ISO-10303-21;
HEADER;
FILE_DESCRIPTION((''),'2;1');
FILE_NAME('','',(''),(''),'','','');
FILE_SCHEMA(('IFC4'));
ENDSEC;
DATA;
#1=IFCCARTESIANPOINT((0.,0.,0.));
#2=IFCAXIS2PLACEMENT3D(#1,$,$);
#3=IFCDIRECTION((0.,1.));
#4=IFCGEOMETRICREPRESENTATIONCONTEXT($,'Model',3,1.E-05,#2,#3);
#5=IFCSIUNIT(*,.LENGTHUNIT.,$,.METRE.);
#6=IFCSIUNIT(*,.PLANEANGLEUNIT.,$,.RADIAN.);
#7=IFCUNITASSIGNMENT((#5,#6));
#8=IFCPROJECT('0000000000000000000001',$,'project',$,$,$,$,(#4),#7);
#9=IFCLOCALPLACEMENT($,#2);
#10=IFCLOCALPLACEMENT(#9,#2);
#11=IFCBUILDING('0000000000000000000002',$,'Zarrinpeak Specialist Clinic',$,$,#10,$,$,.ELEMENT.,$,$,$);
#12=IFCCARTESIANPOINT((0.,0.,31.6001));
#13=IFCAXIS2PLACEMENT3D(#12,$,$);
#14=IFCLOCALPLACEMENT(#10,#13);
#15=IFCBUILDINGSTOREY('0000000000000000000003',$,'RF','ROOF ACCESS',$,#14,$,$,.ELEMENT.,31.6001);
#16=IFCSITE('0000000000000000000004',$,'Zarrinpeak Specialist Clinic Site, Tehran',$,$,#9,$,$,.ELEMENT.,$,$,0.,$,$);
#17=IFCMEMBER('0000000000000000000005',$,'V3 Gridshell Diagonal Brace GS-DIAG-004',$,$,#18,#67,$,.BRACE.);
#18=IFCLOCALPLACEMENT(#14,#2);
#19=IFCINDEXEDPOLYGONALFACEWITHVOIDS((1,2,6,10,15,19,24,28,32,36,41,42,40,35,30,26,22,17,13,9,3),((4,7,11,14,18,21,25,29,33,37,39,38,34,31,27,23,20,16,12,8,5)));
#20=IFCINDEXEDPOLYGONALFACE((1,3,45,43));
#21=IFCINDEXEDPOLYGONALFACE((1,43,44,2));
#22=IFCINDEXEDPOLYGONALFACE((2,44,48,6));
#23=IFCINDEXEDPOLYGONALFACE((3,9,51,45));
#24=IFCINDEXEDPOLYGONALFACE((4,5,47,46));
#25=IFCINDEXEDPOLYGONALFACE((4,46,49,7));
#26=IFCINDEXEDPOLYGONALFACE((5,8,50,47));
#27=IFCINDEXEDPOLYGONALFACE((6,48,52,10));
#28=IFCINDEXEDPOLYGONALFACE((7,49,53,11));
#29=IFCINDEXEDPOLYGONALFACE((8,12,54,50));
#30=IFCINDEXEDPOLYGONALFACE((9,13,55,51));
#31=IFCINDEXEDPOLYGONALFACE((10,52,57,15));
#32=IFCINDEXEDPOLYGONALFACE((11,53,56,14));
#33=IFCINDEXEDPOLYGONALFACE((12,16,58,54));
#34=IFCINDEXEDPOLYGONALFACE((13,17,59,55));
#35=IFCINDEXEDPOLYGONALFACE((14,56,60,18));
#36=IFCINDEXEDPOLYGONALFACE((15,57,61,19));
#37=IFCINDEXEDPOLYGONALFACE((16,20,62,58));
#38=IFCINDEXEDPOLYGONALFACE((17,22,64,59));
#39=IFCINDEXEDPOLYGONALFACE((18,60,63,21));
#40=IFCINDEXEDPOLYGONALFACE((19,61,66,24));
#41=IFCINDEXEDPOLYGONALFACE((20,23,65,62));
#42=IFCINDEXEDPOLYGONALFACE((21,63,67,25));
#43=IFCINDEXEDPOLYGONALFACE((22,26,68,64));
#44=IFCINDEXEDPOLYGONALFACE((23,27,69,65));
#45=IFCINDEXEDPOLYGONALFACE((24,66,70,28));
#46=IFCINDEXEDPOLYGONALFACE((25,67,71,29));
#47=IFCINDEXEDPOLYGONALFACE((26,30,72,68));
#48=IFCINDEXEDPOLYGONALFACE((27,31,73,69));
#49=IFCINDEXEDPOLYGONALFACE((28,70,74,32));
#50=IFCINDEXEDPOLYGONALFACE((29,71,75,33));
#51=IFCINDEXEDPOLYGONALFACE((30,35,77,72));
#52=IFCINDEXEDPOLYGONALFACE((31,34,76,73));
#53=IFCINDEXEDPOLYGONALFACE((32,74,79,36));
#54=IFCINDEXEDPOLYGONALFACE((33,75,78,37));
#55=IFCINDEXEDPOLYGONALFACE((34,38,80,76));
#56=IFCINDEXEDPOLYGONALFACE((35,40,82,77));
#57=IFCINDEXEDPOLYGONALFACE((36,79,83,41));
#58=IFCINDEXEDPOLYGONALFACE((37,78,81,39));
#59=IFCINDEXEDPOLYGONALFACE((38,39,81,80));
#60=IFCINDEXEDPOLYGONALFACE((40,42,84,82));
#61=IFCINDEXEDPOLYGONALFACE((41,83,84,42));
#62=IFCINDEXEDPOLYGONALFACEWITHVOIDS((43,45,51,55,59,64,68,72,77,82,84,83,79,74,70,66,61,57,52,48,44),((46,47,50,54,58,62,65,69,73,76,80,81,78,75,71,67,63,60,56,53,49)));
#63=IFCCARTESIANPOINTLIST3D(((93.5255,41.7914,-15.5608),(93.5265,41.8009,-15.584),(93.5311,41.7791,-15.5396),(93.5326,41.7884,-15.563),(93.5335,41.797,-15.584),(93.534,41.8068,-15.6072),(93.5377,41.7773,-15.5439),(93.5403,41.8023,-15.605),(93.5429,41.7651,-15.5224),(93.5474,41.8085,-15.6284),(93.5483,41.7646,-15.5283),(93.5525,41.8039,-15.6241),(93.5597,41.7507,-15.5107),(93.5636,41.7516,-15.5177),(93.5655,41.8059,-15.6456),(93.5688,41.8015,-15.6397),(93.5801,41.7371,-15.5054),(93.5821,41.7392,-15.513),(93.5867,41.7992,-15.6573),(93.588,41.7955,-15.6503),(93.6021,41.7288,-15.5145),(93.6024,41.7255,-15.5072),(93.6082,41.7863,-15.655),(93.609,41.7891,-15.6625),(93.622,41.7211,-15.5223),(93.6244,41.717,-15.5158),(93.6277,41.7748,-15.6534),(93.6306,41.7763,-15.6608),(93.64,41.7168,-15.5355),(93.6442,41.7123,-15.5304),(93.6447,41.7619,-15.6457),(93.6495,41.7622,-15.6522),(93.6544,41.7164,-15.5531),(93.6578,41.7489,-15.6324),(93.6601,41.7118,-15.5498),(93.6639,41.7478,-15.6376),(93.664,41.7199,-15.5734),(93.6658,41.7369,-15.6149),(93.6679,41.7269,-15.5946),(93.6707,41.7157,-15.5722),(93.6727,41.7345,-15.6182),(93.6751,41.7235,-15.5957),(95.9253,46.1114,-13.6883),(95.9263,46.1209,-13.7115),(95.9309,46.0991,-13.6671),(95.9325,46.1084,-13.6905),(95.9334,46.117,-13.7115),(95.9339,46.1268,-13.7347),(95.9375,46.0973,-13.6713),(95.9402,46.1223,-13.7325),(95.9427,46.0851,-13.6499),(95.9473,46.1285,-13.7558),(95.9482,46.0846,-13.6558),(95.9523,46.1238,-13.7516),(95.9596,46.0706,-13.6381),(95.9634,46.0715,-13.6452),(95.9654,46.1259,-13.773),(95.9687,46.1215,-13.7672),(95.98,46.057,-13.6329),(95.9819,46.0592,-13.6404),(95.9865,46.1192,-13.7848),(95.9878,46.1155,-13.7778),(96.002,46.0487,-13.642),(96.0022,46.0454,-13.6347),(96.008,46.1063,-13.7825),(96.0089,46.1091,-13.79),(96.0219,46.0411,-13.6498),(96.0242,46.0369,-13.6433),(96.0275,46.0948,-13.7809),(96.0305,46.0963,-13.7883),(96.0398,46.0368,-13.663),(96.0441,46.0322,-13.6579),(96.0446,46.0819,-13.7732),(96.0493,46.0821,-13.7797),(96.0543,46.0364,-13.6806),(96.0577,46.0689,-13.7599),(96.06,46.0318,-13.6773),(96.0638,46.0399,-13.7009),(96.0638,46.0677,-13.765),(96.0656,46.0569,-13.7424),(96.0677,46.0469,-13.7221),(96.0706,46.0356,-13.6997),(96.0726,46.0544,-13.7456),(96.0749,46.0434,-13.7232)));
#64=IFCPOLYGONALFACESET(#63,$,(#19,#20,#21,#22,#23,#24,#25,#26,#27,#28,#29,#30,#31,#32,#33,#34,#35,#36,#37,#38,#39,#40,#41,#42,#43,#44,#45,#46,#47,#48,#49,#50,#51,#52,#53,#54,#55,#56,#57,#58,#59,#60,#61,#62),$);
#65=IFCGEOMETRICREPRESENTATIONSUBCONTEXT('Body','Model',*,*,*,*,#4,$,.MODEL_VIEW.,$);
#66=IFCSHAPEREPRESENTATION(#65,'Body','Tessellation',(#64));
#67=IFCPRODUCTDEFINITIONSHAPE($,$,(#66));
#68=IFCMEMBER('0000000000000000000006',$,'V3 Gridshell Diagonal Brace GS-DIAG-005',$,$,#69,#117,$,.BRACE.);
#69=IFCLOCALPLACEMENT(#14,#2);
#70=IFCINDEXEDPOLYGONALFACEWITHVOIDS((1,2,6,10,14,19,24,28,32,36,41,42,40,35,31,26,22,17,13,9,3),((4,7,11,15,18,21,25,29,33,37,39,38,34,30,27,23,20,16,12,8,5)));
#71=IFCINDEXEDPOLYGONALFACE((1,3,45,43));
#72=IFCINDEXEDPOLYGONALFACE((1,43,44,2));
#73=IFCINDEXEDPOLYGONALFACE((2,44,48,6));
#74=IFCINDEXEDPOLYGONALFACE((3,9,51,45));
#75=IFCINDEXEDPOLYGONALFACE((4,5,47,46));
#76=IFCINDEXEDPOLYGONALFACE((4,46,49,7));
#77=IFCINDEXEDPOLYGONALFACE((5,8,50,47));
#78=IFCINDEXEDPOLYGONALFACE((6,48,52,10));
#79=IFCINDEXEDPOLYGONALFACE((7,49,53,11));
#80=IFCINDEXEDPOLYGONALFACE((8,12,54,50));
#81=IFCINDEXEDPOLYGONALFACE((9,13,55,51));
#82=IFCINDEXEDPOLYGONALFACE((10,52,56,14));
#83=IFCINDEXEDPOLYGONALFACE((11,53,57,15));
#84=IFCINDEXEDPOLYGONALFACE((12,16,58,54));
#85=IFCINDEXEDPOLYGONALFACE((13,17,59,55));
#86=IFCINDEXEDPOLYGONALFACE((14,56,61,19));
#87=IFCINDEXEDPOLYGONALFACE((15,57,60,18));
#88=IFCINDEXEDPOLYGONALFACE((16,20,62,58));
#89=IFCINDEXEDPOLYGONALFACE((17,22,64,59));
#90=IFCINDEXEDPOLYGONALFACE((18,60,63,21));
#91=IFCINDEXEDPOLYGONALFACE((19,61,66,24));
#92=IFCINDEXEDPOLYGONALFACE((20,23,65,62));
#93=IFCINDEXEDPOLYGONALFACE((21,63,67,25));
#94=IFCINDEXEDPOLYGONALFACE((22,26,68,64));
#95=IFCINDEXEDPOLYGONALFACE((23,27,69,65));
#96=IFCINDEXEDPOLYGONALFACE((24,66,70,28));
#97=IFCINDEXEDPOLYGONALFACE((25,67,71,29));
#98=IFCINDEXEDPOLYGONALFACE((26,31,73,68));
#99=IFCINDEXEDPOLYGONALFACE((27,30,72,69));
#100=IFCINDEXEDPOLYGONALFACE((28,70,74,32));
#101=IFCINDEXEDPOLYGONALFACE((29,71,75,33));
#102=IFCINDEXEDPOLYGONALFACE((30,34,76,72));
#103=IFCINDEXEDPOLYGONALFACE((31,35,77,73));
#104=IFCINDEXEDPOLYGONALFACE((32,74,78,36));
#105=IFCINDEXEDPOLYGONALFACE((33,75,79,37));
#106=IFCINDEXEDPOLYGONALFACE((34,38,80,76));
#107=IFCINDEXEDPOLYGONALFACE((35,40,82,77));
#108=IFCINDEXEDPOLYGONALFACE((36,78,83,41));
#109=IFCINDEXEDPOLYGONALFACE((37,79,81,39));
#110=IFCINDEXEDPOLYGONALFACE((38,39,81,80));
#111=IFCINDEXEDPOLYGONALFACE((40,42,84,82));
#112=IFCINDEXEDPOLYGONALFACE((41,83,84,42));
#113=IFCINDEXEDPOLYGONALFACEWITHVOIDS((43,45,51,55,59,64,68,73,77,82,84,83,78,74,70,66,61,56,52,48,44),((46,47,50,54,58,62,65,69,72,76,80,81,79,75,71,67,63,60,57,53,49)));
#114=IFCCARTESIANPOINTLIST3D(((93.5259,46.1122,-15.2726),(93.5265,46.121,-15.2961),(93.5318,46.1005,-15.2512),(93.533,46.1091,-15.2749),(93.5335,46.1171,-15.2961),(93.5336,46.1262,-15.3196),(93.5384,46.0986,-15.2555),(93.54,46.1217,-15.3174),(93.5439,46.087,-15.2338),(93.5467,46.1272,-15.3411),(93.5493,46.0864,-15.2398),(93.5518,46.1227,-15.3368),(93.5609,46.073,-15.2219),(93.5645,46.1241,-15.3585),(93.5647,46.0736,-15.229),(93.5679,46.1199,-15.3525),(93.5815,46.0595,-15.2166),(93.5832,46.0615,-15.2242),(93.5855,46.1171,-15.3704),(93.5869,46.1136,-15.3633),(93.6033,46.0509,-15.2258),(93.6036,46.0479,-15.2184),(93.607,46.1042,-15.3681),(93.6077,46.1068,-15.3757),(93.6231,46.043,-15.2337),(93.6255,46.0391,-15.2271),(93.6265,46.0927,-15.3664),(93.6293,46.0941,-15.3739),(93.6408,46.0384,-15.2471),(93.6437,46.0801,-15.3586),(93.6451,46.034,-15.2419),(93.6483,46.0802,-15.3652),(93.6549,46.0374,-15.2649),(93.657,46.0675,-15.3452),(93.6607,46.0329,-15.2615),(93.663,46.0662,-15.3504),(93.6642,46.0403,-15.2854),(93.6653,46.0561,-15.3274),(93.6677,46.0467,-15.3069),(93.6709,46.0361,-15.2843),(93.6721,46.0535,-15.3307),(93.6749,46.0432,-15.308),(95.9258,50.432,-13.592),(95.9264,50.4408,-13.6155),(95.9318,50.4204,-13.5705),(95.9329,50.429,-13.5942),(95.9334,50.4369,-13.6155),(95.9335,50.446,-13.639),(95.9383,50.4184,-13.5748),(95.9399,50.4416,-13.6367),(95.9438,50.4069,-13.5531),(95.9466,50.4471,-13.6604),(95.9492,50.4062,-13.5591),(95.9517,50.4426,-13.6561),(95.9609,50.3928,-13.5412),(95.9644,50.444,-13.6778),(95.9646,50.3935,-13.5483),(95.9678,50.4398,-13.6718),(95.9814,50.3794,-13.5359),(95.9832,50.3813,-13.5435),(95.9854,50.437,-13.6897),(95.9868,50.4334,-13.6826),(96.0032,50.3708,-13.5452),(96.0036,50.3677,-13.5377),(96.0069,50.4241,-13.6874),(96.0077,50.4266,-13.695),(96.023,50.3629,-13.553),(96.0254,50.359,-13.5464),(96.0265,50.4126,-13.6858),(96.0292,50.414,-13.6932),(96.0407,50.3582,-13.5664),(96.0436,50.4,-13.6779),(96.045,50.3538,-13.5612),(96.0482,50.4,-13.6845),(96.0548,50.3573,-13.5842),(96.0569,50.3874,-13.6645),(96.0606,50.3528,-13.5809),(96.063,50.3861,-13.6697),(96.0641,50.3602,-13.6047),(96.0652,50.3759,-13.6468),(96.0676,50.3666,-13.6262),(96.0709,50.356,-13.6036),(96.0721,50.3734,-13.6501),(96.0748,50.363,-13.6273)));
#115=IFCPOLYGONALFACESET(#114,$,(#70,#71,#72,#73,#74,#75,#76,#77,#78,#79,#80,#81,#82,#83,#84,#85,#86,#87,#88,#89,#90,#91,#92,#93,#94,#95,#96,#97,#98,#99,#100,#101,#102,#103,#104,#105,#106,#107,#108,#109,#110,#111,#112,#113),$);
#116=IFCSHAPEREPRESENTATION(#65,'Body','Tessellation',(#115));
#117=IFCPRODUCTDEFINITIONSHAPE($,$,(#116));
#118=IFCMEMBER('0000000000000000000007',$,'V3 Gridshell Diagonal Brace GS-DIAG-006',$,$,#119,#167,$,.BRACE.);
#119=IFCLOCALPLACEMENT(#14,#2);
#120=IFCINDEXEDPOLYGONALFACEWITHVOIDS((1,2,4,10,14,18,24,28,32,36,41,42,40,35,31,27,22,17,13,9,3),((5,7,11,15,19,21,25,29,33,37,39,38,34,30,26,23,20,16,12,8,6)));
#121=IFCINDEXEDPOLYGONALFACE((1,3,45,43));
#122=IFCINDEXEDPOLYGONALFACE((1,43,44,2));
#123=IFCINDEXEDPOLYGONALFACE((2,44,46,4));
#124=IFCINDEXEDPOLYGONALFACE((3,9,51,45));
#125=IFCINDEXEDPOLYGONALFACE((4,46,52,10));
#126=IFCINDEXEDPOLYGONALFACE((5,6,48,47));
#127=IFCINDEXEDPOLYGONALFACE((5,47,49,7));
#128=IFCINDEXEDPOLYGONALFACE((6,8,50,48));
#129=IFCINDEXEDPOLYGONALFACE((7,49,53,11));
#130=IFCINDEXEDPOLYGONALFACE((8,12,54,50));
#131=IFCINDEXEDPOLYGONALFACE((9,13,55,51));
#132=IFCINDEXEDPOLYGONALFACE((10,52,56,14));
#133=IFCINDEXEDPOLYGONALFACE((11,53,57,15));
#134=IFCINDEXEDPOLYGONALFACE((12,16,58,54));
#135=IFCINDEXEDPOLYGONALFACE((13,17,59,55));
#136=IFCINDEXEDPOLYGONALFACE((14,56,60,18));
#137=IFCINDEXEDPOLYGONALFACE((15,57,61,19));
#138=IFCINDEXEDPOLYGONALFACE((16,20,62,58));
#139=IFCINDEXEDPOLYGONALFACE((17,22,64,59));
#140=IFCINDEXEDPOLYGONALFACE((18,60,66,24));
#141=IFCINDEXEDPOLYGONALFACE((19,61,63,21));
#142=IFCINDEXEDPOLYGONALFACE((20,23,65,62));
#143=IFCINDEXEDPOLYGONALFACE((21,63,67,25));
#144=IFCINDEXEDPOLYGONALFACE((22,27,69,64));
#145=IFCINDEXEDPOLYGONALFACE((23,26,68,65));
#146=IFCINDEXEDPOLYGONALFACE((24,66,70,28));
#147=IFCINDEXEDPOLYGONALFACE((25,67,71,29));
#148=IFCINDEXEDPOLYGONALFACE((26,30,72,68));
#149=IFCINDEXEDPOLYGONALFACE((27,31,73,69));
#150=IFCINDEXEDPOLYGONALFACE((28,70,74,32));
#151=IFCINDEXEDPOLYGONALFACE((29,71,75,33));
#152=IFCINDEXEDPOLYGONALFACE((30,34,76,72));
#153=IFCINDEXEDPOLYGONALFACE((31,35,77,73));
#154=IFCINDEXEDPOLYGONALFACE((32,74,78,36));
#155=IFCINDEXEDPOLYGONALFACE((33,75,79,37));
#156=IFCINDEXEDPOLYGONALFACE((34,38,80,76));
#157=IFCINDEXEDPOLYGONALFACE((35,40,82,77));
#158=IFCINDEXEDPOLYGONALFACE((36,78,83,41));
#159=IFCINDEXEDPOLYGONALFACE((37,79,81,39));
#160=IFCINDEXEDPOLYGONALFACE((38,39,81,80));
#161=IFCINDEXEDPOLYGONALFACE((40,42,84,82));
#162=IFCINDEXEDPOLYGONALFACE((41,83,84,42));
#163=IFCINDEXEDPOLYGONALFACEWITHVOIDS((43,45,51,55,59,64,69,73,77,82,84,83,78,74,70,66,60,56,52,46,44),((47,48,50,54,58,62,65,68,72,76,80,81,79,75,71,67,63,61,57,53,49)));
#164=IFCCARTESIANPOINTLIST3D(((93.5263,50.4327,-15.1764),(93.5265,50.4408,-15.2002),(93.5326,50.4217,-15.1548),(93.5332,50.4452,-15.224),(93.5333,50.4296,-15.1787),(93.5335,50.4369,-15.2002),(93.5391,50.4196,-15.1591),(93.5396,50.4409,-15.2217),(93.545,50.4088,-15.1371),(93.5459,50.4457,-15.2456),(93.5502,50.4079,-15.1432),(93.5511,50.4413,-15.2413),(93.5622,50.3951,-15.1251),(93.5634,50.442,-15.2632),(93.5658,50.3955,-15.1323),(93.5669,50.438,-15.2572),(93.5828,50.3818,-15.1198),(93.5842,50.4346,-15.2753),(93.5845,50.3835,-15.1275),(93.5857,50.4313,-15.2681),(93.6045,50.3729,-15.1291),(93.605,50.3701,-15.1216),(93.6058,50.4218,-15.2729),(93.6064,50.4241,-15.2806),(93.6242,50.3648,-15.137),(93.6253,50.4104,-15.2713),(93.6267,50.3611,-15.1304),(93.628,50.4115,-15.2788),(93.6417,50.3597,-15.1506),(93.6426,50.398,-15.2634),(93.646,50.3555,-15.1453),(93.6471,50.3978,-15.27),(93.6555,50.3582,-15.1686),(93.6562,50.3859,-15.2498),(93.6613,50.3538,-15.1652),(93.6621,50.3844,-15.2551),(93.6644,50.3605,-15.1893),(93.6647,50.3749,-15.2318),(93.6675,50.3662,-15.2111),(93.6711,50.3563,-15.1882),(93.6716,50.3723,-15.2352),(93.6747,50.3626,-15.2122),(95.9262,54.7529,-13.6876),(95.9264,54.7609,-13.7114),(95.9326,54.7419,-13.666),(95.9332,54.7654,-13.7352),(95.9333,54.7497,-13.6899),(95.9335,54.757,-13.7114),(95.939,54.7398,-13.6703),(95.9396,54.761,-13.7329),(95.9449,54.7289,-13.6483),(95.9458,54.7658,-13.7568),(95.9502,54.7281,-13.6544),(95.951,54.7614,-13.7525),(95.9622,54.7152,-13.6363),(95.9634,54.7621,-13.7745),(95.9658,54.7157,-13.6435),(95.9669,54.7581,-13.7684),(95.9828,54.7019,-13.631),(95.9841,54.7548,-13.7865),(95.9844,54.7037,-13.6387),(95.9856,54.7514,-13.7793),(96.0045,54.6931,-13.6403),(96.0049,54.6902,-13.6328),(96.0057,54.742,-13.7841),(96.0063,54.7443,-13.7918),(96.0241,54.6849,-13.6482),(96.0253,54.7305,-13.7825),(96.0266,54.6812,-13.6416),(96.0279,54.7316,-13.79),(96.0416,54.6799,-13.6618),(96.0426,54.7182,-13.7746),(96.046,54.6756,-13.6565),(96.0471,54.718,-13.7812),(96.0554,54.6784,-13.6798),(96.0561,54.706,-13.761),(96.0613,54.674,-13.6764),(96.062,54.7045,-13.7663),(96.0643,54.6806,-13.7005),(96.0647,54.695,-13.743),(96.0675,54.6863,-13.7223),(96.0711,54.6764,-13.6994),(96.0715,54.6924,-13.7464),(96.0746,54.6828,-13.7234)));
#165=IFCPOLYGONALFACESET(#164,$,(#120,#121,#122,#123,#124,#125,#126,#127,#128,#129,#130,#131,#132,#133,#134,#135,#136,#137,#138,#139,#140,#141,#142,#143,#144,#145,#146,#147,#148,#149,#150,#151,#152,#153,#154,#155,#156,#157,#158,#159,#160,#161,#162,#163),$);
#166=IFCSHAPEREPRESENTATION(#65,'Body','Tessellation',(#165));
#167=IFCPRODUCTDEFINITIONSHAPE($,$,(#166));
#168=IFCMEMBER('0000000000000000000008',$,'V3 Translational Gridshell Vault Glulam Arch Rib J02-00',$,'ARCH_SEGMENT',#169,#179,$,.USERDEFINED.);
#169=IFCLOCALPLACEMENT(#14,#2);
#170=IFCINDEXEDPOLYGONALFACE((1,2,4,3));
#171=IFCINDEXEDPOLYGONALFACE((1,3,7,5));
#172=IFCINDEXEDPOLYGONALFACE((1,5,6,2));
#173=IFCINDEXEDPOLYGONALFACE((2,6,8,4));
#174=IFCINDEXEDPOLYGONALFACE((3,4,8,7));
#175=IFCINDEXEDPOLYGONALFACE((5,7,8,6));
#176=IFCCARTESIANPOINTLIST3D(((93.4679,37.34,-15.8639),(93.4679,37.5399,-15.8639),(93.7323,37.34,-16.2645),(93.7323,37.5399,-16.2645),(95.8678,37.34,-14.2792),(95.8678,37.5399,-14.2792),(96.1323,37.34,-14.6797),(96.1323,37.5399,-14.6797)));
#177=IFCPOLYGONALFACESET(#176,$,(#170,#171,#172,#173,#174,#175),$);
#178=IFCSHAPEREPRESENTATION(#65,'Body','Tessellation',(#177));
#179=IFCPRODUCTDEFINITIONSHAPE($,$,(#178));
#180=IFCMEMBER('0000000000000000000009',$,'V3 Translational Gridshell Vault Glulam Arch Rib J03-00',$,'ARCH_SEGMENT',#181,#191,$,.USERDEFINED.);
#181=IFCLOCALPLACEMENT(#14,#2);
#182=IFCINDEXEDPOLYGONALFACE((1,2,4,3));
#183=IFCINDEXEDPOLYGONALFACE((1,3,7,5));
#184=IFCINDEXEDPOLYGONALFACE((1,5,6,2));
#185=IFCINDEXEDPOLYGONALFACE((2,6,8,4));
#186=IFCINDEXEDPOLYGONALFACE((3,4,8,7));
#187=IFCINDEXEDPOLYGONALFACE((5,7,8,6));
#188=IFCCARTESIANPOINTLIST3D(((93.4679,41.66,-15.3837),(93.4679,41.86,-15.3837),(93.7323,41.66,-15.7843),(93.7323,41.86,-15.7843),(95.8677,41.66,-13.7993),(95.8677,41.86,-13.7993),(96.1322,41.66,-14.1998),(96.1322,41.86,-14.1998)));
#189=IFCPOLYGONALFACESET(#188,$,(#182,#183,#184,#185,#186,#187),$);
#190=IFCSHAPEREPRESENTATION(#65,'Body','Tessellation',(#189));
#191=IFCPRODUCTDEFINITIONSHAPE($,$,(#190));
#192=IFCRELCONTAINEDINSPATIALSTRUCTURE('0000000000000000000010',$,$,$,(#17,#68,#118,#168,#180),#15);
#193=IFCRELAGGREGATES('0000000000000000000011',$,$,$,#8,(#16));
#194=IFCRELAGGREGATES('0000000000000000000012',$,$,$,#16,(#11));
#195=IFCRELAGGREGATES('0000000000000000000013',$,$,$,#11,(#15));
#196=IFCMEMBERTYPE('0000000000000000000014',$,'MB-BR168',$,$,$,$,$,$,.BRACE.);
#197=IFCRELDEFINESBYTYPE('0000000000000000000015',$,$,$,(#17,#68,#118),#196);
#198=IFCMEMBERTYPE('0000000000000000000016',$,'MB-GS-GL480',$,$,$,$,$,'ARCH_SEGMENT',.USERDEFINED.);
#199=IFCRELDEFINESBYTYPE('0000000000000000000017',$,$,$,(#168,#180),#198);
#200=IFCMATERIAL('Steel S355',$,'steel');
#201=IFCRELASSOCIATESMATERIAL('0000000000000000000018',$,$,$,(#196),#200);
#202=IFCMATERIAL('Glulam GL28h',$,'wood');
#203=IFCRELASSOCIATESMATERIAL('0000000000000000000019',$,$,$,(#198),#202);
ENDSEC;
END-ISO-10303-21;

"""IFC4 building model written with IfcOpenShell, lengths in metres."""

from ifc_helpers import new_model, si_unit, direction, frame, origin, origin_2d, place, context, subcontext, project, spatial, rectangle, hollow_circle, extrude, material, material_profile, profile_set, type_object, element, save


model = new_model("IFC4")

# Units and contexts
model_context = context("Model", 3, precision=1e-05, world=origin(), true_north=direction((0.0, 1.0)))
body_context = subcontext(model_context, "Body", "Model", "MODEL_VIEW")
ifc_project = project(units=[si_unit("LENGTHUNIT", "METRE"), si_unit("PLANEANGLEUNIT", "RADIAN")], contexts=[model_context])

# Site, building, storey
site_placement = place(None, origin())
site = spatial("IfcSite", under=ifc_project, at=site_placement, Name="Zarrinpeak Specialist Clinic Site, Tehran", CompositionType="ELEMENT", RefElevation=0.0)
building_placement = place(site_placement, origin())
building = spatial("IfcBuilding", under=site, at=building_placement, Name="Zarrinpeak Specialist Clinic", CompositionType="ELEMENT")
storey_placement = place(building_placement, frame((0.0, 0.0, 31.6001)))
storey = spatial("IfcBuildingStorey", under=building, at=storey_placement, Name="RF", Description="ROOF ACCESS", CompositionType="ELEMENT", Elevation=31.6001)

# Shared definitions
ifc_material_1 = material(Name="Steel S355", Category="steel")

# Members
ifc_material_profile_1 = material_profile(ifc_material_1, hollow_circle(Radius=0.0842, WallThickness=0.0081, at=origin_2d()), Name="CHS 168.3x8.0")
ifc_profile_set_1 = profile_set([ifc_material_profile_1], Name="Steel S355")
member_type_1 = type_object("IfcMemberType", Name="MB-BR168", PredefinedType="BRACE", material=ifc_profile_set_1)
member_1_placement = place(storey_placement, frame((93.6001, 41.76, -15.584), z_axis=(0.454115, 0.817453, 0.35433), x_axis=(-0.874169, 0.485622, 0.0)))
element("IfcMember", 1, at=member_1_placement, inside=storey, type_object=member_type_1, Name="V3 Gridshell Diagonal Brace GS-DIAG-004", PredefinedType="BRACE", context=body_context, shape_type="SweptSolid", body=[
    extrude(hollow_circle(Radius=0.0842, WallThickness=0.0081, at=origin_2d()), origin(), (0.0, 0.0, 1.0), 5.2847),
])
member_2_placement = place(storey_placement, frame((93.6001, 46.0801, -15.2961), z_axis=(0.45978, 0.827603, 0.321986), x_axis=(-0.874157, 0.485643, 0.0)))
element("IfcMember", 2, at=member_2_placement, inside=storey, type_object=member_type_1, Name="V3 Gridshell Diagonal Brace GS-DIAG-005", PredefinedType="BRACE", context=body_context, shape_type="SweptSolid", body=[
    extrude(hollow_circle(Radius=0.0842, WallThickness=0.0081, at=origin_2d()), origin(), (0.0, 0.0, 1.0), 5.2197),
])
member_3_placement = place(storey_placement, frame((93.6001, 50.3999, -15.2002), z_axis=(0.464981, 0.837013, 0.288449), x_axis=(-0.874169, 0.485622, 0.0)))
element("IfcMember", 3, at=member_3_placement, inside=storey, type_object=member_type_1, Name="V3 Gridshell Diagonal Brace GS-DIAG-006", PredefinedType="BRACE", context=body_context, shape_type="SweptSolid", body=[
    extrude(hollow_circle(Radius=0.0842, WallThickness=0.0081, at=origin_2d()), origin(), (0.0, 0.0, 1.0), 5.1614),
])
ifc_material_2 = material(Name="Glulam GL28h", Category="wood")
ifc_material_profile_2 = material_profile(ifc_material_2, rectangle(XDim=0.2, YDim=0.48, at=origin_2d()), Name="GL28h 200x480")
ifc_profile_set_2 = profile_set([ifc_material_profile_2], Name="Glulam GL28h")
member_type_2 = type_object("IfcMemberType", Name="MB-GS-GL480", ElementType="ARCH_SEGMENT", PredefinedType="USERDEFINED", material=ifc_profile_set_2)
member_4_placement = place(storey_placement, frame((93.6001, 37.4399, -16.0642), z_axis=(0.834484, 0.0, 0.551031), x_axis=(0.0, 1.0, 0.0)))
element("IfcMember", 4, at=member_4_placement, inside=storey, type_object=member_type_2, Name="V3 Translational Gridshell Vault Glulam Arch Rib J02-00", ObjectType="ARCH_SEGMENT", PredefinedType="USERDEFINED", context=body_context, shape_type="SweptSolid", body=[
    extrude(rectangle(XDim=0.2, YDim=0.48, at=origin_2d()), origin(), (0.0, 0.0, 1.0), 2.876),
])
member_5_placement = place(storey_placement, frame((93.6001, 41.76, -15.584), z_axis=(0.834524, 0.0, 0.550972), x_axis=(0.0, 1.0, 0.0)))
element("IfcMember", 5, at=member_5_placement, inside=storey, type_object=member_type_2, Name="V3 Translational Gridshell Vault Glulam Arch Rib J03-00", ObjectType="ARCH_SEGMENT", PredefinedType="USERDEFINED", context=body_context, shape_type="SweptSolid", body=[
    extrude(rectangle(XDim=0.2, YDim=0.48, at=origin_2d()), origin(), (0.0, 0.0, 1.0), 2.8757),
])

save(model, "model.ifc")
